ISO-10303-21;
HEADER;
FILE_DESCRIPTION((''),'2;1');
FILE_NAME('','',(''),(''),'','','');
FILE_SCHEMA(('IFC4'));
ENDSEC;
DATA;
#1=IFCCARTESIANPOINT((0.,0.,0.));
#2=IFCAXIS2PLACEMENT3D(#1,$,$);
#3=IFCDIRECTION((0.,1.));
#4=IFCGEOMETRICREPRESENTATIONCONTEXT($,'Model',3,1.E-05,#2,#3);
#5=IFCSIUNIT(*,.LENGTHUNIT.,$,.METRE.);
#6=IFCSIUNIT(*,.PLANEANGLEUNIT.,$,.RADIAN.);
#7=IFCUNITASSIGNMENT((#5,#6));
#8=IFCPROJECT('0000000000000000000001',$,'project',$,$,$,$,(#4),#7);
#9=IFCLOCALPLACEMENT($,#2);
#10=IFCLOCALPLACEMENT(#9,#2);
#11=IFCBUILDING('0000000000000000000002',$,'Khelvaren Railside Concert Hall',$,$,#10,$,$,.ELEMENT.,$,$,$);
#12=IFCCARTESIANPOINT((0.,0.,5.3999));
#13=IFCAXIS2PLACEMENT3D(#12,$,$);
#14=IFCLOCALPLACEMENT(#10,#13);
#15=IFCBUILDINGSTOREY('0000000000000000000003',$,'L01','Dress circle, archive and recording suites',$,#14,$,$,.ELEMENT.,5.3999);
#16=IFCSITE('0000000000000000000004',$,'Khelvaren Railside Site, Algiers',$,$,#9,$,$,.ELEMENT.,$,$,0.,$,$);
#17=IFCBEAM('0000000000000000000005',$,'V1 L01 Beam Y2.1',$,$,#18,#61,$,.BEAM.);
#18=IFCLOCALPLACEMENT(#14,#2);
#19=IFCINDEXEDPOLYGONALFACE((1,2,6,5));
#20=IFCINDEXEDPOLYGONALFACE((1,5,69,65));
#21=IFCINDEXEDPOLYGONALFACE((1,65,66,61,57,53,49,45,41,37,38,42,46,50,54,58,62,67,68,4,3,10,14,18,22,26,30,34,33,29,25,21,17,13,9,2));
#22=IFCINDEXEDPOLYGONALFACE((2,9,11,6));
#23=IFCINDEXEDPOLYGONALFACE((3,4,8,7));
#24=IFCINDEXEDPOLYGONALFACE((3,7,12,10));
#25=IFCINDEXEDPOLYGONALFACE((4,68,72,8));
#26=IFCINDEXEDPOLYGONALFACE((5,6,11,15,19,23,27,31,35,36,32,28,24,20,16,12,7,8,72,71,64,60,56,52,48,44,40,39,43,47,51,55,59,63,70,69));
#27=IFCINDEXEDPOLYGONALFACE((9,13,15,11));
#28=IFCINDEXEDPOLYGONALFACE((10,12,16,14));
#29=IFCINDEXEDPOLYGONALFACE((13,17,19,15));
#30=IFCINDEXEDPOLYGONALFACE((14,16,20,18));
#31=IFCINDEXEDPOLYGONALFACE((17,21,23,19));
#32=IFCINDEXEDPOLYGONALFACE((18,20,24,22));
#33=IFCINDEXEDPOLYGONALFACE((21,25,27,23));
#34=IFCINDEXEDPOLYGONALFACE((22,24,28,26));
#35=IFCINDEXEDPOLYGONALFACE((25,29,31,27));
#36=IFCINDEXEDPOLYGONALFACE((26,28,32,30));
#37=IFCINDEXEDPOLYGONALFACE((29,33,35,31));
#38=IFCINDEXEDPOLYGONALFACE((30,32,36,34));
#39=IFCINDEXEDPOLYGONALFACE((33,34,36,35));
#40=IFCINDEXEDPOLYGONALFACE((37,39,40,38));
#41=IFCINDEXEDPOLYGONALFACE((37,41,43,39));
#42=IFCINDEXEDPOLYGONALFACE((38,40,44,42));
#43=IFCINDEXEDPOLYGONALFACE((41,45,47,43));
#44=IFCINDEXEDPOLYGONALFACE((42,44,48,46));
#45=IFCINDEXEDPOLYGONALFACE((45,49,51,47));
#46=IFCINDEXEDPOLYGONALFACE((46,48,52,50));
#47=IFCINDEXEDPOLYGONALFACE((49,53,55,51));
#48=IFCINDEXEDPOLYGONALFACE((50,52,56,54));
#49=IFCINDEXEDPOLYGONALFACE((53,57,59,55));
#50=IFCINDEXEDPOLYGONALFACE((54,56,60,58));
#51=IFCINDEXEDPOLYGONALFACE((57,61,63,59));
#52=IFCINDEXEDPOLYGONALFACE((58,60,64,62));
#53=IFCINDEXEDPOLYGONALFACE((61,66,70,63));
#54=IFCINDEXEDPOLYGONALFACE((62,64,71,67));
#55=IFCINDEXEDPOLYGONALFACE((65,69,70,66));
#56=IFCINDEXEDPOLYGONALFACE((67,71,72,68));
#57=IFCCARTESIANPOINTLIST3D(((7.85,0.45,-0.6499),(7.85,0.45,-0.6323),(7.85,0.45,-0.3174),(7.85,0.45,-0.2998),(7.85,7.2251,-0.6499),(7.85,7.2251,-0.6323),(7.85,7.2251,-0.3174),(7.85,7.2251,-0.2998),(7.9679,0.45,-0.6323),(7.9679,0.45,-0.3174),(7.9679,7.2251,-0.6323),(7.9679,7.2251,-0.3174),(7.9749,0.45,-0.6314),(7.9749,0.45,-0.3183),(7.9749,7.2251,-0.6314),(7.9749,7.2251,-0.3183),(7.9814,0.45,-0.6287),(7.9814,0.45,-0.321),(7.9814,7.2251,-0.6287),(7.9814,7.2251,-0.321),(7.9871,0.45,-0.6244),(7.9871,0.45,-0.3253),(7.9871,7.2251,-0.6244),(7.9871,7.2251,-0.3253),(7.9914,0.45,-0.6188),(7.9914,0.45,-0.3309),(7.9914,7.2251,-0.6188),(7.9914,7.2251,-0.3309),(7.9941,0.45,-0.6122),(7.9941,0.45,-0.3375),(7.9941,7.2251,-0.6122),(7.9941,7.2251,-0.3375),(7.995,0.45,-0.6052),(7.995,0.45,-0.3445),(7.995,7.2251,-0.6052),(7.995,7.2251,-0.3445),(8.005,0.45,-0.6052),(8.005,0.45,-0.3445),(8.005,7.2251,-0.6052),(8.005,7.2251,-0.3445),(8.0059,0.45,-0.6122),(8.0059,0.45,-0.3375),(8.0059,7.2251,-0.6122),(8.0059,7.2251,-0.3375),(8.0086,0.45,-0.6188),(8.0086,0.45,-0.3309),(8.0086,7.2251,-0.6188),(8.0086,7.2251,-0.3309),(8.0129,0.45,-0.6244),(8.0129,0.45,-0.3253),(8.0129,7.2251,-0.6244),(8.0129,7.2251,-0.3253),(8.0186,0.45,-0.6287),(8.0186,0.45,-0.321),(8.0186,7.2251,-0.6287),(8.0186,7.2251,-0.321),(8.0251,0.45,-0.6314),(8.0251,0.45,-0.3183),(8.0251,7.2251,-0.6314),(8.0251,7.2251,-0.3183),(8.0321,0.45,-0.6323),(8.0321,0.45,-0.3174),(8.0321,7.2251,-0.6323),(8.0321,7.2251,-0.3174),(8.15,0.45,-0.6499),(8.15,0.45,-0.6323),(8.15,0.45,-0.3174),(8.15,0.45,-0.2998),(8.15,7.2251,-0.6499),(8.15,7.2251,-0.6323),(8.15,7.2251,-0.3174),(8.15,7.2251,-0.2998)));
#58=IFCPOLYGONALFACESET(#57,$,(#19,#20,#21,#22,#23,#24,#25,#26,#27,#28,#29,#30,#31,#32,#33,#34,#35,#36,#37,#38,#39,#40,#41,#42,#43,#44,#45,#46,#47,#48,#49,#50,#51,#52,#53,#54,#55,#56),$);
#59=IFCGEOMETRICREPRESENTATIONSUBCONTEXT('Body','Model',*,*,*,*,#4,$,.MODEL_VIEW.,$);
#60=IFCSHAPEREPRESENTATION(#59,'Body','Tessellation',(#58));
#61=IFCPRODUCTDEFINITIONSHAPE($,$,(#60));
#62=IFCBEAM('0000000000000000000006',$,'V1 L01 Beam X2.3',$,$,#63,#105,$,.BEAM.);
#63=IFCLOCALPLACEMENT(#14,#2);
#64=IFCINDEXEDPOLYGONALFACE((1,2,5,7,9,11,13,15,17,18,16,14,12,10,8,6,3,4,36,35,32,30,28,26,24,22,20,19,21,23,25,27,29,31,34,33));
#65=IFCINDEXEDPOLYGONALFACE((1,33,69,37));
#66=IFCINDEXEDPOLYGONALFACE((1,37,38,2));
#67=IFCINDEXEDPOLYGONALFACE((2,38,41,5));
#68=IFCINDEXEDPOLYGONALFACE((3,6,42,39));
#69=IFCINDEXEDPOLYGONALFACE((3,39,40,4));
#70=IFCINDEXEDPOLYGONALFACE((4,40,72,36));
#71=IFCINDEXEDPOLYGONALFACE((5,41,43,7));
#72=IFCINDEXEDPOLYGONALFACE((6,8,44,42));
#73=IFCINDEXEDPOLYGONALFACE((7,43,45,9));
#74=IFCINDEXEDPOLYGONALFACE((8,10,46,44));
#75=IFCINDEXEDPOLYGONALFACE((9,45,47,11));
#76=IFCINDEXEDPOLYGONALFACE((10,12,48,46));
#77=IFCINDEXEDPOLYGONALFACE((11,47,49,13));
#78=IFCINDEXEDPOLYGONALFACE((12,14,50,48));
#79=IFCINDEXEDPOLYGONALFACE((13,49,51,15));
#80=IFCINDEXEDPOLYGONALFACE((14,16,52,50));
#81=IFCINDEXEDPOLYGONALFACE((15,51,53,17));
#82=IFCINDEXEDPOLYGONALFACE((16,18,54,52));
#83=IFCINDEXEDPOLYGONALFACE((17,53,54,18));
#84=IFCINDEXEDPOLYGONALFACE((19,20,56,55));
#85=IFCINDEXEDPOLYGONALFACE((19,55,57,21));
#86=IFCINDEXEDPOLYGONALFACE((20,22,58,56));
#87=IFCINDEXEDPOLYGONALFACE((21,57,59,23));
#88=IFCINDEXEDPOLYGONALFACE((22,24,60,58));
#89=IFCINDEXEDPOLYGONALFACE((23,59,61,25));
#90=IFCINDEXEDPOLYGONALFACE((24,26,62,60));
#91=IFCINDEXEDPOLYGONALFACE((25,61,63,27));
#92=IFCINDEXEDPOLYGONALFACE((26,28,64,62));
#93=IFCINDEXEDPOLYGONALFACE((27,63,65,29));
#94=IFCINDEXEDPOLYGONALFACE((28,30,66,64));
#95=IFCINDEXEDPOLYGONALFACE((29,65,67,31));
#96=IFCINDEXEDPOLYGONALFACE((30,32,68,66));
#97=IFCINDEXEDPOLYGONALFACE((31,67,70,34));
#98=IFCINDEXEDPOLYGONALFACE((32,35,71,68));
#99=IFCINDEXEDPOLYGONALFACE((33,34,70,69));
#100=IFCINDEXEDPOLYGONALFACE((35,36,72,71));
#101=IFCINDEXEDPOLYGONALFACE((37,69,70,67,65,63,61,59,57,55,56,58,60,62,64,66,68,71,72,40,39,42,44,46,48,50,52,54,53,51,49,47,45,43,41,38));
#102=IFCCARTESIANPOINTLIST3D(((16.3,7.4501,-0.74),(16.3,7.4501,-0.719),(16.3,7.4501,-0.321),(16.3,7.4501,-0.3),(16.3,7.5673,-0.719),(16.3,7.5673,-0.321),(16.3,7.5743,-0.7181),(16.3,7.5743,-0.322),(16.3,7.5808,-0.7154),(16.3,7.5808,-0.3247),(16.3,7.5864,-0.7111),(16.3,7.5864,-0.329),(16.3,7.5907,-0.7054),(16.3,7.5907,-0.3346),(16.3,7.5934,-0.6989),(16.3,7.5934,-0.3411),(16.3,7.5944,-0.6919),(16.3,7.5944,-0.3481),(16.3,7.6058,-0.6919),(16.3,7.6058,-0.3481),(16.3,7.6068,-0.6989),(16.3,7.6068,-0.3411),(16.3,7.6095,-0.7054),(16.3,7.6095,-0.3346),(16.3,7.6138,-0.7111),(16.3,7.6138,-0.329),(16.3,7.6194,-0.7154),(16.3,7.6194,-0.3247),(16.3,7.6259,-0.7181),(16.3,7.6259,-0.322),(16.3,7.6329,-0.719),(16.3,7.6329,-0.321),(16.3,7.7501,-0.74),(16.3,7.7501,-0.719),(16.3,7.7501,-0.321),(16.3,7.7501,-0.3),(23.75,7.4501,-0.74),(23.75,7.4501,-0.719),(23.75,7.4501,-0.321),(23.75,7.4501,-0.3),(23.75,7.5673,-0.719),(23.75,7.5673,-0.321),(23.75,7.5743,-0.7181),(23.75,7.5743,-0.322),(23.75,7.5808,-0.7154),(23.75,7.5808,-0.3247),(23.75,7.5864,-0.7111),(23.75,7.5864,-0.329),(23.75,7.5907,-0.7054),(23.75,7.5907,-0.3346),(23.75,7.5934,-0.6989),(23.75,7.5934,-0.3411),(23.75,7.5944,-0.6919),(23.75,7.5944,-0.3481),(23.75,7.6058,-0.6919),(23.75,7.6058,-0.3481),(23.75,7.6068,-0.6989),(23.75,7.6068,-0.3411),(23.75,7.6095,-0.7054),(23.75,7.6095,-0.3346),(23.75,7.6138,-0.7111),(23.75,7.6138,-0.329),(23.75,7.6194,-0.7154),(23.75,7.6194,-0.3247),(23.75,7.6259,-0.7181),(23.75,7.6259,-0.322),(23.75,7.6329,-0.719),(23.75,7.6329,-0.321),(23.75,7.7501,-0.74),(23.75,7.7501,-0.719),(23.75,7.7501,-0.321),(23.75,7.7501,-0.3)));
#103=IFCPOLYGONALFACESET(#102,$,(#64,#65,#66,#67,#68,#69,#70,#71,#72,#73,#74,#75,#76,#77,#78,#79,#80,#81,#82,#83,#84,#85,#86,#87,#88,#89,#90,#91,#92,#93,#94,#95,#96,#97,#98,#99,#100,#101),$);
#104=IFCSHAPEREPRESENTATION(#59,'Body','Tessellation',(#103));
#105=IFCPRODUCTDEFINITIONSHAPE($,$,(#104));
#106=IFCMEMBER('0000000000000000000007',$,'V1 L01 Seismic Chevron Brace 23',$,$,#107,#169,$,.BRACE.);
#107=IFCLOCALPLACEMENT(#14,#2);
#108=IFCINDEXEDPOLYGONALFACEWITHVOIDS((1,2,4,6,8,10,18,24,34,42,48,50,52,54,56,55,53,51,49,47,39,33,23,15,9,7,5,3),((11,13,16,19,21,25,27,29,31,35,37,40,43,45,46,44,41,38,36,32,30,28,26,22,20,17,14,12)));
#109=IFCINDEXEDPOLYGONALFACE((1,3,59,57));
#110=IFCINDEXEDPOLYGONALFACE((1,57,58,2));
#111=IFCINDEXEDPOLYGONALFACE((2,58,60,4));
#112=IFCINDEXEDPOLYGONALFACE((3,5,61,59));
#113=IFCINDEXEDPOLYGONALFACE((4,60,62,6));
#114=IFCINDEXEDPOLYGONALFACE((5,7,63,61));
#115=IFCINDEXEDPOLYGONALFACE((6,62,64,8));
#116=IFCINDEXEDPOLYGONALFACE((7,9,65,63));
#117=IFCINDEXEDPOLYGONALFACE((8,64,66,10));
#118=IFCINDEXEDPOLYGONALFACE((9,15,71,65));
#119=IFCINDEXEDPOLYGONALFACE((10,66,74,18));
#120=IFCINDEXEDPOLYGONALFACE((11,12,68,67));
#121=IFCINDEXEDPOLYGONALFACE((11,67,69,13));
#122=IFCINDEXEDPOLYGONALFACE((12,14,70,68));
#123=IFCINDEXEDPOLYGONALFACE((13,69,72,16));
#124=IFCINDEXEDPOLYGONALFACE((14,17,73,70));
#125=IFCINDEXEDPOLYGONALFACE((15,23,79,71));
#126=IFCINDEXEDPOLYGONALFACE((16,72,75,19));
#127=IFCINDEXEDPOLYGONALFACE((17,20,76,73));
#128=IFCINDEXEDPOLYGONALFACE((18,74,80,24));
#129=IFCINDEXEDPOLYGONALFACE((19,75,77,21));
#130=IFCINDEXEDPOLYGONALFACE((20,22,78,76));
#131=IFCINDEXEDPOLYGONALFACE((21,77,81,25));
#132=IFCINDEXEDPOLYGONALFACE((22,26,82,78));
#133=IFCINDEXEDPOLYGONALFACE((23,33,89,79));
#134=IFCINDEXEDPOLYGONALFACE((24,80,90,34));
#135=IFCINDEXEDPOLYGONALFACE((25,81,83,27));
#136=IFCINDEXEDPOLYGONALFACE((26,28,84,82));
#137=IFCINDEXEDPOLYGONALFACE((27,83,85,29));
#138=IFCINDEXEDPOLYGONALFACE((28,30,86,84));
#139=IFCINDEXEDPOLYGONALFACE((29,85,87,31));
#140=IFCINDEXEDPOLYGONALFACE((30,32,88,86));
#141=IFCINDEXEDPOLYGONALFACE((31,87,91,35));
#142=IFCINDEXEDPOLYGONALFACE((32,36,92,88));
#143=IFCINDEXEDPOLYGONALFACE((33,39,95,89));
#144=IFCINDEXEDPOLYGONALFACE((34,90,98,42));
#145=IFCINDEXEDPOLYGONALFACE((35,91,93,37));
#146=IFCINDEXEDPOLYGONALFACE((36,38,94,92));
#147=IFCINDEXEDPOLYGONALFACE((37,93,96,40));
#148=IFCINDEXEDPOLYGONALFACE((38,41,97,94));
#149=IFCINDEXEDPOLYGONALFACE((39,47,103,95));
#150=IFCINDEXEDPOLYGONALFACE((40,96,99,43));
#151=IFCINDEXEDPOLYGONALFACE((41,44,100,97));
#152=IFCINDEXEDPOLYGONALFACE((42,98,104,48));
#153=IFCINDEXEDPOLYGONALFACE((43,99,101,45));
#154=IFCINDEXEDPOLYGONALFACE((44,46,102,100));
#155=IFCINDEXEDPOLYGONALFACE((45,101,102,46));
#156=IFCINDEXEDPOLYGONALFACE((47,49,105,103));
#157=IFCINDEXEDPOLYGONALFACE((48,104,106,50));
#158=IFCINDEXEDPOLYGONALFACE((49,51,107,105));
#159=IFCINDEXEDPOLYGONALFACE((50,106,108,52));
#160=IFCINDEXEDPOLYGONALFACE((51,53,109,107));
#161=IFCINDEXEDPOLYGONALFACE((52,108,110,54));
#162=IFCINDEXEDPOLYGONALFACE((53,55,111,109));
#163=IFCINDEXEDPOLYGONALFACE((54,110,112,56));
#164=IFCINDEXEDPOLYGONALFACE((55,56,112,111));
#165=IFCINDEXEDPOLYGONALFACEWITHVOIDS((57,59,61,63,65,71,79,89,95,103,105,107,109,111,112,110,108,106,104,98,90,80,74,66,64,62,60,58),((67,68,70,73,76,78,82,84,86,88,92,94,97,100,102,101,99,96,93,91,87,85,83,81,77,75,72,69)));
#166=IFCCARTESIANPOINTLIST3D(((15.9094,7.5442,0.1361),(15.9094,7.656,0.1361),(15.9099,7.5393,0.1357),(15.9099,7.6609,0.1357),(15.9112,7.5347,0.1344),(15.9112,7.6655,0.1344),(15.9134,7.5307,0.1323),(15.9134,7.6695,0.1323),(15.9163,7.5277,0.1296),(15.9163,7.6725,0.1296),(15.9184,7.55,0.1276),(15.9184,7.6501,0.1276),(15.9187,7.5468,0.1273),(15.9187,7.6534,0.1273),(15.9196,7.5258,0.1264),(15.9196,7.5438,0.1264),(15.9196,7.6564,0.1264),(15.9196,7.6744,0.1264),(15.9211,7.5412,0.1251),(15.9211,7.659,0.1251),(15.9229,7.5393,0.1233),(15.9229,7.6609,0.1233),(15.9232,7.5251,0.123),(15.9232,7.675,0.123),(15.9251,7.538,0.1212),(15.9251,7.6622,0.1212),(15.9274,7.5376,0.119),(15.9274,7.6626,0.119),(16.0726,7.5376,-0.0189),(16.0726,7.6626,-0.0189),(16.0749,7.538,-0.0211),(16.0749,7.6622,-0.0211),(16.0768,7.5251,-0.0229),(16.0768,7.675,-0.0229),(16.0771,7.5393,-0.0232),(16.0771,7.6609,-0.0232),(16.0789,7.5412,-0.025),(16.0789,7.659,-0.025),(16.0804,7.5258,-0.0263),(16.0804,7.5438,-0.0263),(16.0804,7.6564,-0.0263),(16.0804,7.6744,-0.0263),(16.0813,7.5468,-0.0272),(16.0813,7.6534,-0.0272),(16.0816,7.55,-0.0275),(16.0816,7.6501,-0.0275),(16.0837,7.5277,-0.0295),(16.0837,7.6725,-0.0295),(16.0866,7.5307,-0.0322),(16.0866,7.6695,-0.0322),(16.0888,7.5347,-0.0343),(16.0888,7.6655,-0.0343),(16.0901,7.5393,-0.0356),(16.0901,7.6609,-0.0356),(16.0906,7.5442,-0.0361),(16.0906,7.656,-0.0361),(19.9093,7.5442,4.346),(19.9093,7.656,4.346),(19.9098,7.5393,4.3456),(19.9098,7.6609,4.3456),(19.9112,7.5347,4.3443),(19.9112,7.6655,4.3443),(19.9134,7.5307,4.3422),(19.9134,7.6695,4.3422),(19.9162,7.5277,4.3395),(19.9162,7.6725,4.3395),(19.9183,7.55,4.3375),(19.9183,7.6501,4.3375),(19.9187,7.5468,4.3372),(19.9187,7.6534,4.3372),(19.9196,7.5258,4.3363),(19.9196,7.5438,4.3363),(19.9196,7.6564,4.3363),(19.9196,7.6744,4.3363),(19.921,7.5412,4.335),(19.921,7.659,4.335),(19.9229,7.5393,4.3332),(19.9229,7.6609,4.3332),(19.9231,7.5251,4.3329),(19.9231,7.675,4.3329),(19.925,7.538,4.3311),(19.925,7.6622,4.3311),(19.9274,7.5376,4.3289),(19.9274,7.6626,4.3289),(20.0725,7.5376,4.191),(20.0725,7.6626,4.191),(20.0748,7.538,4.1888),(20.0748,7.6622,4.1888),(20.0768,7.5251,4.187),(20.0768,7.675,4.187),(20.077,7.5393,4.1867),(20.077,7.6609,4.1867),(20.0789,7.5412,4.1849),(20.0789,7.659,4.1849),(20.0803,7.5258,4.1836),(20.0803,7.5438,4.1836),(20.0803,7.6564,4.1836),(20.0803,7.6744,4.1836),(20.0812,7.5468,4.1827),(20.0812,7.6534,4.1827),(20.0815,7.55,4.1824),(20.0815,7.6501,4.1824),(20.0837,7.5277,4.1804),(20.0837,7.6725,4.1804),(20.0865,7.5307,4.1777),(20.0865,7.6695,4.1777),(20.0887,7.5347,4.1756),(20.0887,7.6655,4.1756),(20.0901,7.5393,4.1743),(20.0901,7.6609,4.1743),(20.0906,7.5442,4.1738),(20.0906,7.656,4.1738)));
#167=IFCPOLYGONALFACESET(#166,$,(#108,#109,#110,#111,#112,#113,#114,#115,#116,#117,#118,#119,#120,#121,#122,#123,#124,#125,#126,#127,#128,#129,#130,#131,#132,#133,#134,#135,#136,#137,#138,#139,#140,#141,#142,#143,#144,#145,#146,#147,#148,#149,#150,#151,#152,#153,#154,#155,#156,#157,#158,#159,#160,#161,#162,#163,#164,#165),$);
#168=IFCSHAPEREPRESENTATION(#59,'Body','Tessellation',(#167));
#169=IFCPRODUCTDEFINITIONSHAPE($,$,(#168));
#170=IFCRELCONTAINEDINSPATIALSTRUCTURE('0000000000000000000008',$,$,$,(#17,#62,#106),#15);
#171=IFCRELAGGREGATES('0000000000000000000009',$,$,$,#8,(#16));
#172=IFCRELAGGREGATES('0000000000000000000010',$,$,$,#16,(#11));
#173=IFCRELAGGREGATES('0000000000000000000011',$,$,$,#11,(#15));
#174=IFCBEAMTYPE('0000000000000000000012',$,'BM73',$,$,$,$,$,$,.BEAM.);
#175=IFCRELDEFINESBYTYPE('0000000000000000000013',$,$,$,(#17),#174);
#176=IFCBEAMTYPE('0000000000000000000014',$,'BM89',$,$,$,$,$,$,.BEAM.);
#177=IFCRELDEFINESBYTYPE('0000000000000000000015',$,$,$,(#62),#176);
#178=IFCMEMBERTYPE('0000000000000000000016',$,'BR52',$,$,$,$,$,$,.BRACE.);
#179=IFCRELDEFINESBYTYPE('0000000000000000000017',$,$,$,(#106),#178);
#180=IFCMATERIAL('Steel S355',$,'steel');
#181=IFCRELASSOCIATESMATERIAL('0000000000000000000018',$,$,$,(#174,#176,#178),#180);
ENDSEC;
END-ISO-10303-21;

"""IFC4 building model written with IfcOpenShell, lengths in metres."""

from ifc_helpers import new_model, si_unit, direction, frame, origin, origin_2d, place, context, subcontext, project, spatial, hollow_rectangle, i_section, extrude, material, material_profile, profile_set, type_object, element, save


model = new_model("IFC4")

# Units and contexts
model_context = context("Model", 3, precision=1e-05, world=origin(), true_north=direction((0.0, 1.0)))
body_context = subcontext(model_context, "Body", "Model", "MODEL_VIEW")
ifc_project = project(units=[si_unit("LENGTHUNIT", "METRE"), si_unit("PLANEANGLEUNIT", "RADIAN")], contexts=[model_context])

# Site, building, storey
site_placement = place(None, origin())
site = spatial("IfcSite", under=ifc_project, at=site_placement, Name="Khelvaren Railside Site, Algiers", CompositionType="ELEMENT", RefElevation=0.0)
building_placement = place(site_placement, origin())
building = spatial("IfcBuilding", under=site, at=building_placement, Name="Khelvaren Railside Concert Hall", CompositionType="ELEMENT")
storey_placement = place(building_placement, frame((0.0, 0.0, 5.3999)))
storey = spatial("IfcBuildingStorey", under=building, at=storey_placement, Name="L01", Description="Dress circle, archive and recording suites", CompositionType="ELEMENT", Elevation=5.3999)

# Beams
ifc_material_1 = material(Name="Steel S355", Category="steel")
ifc_material_profile_1 = material_profile(ifc_material_1, i_section(OverallWidth=0.3, OverallDepth=0.3501, WebThickness=0.01, FlangeThickness=0.0176, FilletRadius=0.0271, at=origin_2d()), Name="HEA 360")
ifc_profile_set_1 = profile_set([ifc_material_profile_1], Name="Steel S355")
beam_type_1 = type_object("IfcBeamType", Name="BM73", PredefinedType="BEAM", material=ifc_profile_set_1)
beam_1_placement = place(storey_placement, frame((8.0, 0.45, -0.4749), z_axis=(0.0, 1.0, 0.0), x_axis=(-1.0, 0.0, 0.0)))
element("IfcBeam", 1, at=beam_1_placement, inside=storey, type_object=beam_type_1, Name="V1 L01 Beam Y2.1", PredefinedType="BEAM", context=body_context, shape_type="SweptSolid", body=[
    extrude(i_section(OverallWidth=0.3, OverallDepth=0.3501, WebThickness=0.01, FlangeThickness=0.0176, FilletRadius=0.0271, at=origin_2d()), origin(), (0.0, 0.0, 1.0), 6.7751),
])
ifc_material_profile_2 = material_profile(ifc_material_1, i_section(OverallWidth=0.3, OverallDepth=0.4399, WebThickness=0.0115, FlangeThickness=0.021, FilletRadius=0.0271, at=origin_2d()), Name="HEA 450")
ifc_profile_set_2 = profile_set([ifc_material_profile_2], Name="Steel S355")
beam_type_2 = type_object("IfcBeamType", Name="BM89", PredefinedType="BEAM", material=ifc_profile_set_2)
beam_2_placement = place(storey_placement, frame((16.3, 7.6001, -0.52), z_axis=(1.0, 0.0, 0.0), x_axis=(0.0, 1.0, 0.0)))
element("IfcBeam", 2, at=beam_2_placement, inside=storey, type_object=beam_type_2, Name="V1 L01 Beam X2.3", PredefinedType="BEAM", context=body_context, shape_type="SweptSolid", body=[
    extrude(i_section(OverallWidth=0.3, OverallDepth=0.4399, WebThickness=0.0115, FlangeThickness=0.021, FilletRadius=0.0271, at=origin_2d()), origin(), (0.0, 0.0, 1.0), 7.45),
])

# Member
ifc_material_profile_3 = material_profile(ifc_material_1, hollow_rectangle(XDim=0.1499, YDim=0.25, WallThickness=0.0125, InnerFilletRadius=0.0125, OuterFilletRadius=0.019, at=origin_2d()), Name="RHS 250x150x12.5")
ifc_profile_set_3 = profile_set([ifc_material_profile_3], Name="Steel S355")
member_type = type_object("IfcMemberType", Name="BR52", PredefinedType="BRACE", material=ifc_profile_set_3)
member_placement = place(storey_placement, frame((16.0, 7.6001, 0.05), z_axis=(0.688798, 0.0, 0.724953), x_axis=(0.0, 1.0, 0.0)))
element("IfcMember", 3, at=member_placement, inside=storey, type_object=member_type, Name="V1 L01 Seismic Chevron Brace 23", PredefinedType="BRACE", context=body_context, shape_type="SweptSolid", body=[
    extrude(hollow_rectangle(XDim=0.1499, YDim=0.25, WallThickness=0.0125, InnerFilletRadius=0.0125, OuterFilletRadius=0.019, at=origin_2d()), origin(), (0.0, 0.0, 1.0), 5.8071),
])

save(model, "model.ifc")
